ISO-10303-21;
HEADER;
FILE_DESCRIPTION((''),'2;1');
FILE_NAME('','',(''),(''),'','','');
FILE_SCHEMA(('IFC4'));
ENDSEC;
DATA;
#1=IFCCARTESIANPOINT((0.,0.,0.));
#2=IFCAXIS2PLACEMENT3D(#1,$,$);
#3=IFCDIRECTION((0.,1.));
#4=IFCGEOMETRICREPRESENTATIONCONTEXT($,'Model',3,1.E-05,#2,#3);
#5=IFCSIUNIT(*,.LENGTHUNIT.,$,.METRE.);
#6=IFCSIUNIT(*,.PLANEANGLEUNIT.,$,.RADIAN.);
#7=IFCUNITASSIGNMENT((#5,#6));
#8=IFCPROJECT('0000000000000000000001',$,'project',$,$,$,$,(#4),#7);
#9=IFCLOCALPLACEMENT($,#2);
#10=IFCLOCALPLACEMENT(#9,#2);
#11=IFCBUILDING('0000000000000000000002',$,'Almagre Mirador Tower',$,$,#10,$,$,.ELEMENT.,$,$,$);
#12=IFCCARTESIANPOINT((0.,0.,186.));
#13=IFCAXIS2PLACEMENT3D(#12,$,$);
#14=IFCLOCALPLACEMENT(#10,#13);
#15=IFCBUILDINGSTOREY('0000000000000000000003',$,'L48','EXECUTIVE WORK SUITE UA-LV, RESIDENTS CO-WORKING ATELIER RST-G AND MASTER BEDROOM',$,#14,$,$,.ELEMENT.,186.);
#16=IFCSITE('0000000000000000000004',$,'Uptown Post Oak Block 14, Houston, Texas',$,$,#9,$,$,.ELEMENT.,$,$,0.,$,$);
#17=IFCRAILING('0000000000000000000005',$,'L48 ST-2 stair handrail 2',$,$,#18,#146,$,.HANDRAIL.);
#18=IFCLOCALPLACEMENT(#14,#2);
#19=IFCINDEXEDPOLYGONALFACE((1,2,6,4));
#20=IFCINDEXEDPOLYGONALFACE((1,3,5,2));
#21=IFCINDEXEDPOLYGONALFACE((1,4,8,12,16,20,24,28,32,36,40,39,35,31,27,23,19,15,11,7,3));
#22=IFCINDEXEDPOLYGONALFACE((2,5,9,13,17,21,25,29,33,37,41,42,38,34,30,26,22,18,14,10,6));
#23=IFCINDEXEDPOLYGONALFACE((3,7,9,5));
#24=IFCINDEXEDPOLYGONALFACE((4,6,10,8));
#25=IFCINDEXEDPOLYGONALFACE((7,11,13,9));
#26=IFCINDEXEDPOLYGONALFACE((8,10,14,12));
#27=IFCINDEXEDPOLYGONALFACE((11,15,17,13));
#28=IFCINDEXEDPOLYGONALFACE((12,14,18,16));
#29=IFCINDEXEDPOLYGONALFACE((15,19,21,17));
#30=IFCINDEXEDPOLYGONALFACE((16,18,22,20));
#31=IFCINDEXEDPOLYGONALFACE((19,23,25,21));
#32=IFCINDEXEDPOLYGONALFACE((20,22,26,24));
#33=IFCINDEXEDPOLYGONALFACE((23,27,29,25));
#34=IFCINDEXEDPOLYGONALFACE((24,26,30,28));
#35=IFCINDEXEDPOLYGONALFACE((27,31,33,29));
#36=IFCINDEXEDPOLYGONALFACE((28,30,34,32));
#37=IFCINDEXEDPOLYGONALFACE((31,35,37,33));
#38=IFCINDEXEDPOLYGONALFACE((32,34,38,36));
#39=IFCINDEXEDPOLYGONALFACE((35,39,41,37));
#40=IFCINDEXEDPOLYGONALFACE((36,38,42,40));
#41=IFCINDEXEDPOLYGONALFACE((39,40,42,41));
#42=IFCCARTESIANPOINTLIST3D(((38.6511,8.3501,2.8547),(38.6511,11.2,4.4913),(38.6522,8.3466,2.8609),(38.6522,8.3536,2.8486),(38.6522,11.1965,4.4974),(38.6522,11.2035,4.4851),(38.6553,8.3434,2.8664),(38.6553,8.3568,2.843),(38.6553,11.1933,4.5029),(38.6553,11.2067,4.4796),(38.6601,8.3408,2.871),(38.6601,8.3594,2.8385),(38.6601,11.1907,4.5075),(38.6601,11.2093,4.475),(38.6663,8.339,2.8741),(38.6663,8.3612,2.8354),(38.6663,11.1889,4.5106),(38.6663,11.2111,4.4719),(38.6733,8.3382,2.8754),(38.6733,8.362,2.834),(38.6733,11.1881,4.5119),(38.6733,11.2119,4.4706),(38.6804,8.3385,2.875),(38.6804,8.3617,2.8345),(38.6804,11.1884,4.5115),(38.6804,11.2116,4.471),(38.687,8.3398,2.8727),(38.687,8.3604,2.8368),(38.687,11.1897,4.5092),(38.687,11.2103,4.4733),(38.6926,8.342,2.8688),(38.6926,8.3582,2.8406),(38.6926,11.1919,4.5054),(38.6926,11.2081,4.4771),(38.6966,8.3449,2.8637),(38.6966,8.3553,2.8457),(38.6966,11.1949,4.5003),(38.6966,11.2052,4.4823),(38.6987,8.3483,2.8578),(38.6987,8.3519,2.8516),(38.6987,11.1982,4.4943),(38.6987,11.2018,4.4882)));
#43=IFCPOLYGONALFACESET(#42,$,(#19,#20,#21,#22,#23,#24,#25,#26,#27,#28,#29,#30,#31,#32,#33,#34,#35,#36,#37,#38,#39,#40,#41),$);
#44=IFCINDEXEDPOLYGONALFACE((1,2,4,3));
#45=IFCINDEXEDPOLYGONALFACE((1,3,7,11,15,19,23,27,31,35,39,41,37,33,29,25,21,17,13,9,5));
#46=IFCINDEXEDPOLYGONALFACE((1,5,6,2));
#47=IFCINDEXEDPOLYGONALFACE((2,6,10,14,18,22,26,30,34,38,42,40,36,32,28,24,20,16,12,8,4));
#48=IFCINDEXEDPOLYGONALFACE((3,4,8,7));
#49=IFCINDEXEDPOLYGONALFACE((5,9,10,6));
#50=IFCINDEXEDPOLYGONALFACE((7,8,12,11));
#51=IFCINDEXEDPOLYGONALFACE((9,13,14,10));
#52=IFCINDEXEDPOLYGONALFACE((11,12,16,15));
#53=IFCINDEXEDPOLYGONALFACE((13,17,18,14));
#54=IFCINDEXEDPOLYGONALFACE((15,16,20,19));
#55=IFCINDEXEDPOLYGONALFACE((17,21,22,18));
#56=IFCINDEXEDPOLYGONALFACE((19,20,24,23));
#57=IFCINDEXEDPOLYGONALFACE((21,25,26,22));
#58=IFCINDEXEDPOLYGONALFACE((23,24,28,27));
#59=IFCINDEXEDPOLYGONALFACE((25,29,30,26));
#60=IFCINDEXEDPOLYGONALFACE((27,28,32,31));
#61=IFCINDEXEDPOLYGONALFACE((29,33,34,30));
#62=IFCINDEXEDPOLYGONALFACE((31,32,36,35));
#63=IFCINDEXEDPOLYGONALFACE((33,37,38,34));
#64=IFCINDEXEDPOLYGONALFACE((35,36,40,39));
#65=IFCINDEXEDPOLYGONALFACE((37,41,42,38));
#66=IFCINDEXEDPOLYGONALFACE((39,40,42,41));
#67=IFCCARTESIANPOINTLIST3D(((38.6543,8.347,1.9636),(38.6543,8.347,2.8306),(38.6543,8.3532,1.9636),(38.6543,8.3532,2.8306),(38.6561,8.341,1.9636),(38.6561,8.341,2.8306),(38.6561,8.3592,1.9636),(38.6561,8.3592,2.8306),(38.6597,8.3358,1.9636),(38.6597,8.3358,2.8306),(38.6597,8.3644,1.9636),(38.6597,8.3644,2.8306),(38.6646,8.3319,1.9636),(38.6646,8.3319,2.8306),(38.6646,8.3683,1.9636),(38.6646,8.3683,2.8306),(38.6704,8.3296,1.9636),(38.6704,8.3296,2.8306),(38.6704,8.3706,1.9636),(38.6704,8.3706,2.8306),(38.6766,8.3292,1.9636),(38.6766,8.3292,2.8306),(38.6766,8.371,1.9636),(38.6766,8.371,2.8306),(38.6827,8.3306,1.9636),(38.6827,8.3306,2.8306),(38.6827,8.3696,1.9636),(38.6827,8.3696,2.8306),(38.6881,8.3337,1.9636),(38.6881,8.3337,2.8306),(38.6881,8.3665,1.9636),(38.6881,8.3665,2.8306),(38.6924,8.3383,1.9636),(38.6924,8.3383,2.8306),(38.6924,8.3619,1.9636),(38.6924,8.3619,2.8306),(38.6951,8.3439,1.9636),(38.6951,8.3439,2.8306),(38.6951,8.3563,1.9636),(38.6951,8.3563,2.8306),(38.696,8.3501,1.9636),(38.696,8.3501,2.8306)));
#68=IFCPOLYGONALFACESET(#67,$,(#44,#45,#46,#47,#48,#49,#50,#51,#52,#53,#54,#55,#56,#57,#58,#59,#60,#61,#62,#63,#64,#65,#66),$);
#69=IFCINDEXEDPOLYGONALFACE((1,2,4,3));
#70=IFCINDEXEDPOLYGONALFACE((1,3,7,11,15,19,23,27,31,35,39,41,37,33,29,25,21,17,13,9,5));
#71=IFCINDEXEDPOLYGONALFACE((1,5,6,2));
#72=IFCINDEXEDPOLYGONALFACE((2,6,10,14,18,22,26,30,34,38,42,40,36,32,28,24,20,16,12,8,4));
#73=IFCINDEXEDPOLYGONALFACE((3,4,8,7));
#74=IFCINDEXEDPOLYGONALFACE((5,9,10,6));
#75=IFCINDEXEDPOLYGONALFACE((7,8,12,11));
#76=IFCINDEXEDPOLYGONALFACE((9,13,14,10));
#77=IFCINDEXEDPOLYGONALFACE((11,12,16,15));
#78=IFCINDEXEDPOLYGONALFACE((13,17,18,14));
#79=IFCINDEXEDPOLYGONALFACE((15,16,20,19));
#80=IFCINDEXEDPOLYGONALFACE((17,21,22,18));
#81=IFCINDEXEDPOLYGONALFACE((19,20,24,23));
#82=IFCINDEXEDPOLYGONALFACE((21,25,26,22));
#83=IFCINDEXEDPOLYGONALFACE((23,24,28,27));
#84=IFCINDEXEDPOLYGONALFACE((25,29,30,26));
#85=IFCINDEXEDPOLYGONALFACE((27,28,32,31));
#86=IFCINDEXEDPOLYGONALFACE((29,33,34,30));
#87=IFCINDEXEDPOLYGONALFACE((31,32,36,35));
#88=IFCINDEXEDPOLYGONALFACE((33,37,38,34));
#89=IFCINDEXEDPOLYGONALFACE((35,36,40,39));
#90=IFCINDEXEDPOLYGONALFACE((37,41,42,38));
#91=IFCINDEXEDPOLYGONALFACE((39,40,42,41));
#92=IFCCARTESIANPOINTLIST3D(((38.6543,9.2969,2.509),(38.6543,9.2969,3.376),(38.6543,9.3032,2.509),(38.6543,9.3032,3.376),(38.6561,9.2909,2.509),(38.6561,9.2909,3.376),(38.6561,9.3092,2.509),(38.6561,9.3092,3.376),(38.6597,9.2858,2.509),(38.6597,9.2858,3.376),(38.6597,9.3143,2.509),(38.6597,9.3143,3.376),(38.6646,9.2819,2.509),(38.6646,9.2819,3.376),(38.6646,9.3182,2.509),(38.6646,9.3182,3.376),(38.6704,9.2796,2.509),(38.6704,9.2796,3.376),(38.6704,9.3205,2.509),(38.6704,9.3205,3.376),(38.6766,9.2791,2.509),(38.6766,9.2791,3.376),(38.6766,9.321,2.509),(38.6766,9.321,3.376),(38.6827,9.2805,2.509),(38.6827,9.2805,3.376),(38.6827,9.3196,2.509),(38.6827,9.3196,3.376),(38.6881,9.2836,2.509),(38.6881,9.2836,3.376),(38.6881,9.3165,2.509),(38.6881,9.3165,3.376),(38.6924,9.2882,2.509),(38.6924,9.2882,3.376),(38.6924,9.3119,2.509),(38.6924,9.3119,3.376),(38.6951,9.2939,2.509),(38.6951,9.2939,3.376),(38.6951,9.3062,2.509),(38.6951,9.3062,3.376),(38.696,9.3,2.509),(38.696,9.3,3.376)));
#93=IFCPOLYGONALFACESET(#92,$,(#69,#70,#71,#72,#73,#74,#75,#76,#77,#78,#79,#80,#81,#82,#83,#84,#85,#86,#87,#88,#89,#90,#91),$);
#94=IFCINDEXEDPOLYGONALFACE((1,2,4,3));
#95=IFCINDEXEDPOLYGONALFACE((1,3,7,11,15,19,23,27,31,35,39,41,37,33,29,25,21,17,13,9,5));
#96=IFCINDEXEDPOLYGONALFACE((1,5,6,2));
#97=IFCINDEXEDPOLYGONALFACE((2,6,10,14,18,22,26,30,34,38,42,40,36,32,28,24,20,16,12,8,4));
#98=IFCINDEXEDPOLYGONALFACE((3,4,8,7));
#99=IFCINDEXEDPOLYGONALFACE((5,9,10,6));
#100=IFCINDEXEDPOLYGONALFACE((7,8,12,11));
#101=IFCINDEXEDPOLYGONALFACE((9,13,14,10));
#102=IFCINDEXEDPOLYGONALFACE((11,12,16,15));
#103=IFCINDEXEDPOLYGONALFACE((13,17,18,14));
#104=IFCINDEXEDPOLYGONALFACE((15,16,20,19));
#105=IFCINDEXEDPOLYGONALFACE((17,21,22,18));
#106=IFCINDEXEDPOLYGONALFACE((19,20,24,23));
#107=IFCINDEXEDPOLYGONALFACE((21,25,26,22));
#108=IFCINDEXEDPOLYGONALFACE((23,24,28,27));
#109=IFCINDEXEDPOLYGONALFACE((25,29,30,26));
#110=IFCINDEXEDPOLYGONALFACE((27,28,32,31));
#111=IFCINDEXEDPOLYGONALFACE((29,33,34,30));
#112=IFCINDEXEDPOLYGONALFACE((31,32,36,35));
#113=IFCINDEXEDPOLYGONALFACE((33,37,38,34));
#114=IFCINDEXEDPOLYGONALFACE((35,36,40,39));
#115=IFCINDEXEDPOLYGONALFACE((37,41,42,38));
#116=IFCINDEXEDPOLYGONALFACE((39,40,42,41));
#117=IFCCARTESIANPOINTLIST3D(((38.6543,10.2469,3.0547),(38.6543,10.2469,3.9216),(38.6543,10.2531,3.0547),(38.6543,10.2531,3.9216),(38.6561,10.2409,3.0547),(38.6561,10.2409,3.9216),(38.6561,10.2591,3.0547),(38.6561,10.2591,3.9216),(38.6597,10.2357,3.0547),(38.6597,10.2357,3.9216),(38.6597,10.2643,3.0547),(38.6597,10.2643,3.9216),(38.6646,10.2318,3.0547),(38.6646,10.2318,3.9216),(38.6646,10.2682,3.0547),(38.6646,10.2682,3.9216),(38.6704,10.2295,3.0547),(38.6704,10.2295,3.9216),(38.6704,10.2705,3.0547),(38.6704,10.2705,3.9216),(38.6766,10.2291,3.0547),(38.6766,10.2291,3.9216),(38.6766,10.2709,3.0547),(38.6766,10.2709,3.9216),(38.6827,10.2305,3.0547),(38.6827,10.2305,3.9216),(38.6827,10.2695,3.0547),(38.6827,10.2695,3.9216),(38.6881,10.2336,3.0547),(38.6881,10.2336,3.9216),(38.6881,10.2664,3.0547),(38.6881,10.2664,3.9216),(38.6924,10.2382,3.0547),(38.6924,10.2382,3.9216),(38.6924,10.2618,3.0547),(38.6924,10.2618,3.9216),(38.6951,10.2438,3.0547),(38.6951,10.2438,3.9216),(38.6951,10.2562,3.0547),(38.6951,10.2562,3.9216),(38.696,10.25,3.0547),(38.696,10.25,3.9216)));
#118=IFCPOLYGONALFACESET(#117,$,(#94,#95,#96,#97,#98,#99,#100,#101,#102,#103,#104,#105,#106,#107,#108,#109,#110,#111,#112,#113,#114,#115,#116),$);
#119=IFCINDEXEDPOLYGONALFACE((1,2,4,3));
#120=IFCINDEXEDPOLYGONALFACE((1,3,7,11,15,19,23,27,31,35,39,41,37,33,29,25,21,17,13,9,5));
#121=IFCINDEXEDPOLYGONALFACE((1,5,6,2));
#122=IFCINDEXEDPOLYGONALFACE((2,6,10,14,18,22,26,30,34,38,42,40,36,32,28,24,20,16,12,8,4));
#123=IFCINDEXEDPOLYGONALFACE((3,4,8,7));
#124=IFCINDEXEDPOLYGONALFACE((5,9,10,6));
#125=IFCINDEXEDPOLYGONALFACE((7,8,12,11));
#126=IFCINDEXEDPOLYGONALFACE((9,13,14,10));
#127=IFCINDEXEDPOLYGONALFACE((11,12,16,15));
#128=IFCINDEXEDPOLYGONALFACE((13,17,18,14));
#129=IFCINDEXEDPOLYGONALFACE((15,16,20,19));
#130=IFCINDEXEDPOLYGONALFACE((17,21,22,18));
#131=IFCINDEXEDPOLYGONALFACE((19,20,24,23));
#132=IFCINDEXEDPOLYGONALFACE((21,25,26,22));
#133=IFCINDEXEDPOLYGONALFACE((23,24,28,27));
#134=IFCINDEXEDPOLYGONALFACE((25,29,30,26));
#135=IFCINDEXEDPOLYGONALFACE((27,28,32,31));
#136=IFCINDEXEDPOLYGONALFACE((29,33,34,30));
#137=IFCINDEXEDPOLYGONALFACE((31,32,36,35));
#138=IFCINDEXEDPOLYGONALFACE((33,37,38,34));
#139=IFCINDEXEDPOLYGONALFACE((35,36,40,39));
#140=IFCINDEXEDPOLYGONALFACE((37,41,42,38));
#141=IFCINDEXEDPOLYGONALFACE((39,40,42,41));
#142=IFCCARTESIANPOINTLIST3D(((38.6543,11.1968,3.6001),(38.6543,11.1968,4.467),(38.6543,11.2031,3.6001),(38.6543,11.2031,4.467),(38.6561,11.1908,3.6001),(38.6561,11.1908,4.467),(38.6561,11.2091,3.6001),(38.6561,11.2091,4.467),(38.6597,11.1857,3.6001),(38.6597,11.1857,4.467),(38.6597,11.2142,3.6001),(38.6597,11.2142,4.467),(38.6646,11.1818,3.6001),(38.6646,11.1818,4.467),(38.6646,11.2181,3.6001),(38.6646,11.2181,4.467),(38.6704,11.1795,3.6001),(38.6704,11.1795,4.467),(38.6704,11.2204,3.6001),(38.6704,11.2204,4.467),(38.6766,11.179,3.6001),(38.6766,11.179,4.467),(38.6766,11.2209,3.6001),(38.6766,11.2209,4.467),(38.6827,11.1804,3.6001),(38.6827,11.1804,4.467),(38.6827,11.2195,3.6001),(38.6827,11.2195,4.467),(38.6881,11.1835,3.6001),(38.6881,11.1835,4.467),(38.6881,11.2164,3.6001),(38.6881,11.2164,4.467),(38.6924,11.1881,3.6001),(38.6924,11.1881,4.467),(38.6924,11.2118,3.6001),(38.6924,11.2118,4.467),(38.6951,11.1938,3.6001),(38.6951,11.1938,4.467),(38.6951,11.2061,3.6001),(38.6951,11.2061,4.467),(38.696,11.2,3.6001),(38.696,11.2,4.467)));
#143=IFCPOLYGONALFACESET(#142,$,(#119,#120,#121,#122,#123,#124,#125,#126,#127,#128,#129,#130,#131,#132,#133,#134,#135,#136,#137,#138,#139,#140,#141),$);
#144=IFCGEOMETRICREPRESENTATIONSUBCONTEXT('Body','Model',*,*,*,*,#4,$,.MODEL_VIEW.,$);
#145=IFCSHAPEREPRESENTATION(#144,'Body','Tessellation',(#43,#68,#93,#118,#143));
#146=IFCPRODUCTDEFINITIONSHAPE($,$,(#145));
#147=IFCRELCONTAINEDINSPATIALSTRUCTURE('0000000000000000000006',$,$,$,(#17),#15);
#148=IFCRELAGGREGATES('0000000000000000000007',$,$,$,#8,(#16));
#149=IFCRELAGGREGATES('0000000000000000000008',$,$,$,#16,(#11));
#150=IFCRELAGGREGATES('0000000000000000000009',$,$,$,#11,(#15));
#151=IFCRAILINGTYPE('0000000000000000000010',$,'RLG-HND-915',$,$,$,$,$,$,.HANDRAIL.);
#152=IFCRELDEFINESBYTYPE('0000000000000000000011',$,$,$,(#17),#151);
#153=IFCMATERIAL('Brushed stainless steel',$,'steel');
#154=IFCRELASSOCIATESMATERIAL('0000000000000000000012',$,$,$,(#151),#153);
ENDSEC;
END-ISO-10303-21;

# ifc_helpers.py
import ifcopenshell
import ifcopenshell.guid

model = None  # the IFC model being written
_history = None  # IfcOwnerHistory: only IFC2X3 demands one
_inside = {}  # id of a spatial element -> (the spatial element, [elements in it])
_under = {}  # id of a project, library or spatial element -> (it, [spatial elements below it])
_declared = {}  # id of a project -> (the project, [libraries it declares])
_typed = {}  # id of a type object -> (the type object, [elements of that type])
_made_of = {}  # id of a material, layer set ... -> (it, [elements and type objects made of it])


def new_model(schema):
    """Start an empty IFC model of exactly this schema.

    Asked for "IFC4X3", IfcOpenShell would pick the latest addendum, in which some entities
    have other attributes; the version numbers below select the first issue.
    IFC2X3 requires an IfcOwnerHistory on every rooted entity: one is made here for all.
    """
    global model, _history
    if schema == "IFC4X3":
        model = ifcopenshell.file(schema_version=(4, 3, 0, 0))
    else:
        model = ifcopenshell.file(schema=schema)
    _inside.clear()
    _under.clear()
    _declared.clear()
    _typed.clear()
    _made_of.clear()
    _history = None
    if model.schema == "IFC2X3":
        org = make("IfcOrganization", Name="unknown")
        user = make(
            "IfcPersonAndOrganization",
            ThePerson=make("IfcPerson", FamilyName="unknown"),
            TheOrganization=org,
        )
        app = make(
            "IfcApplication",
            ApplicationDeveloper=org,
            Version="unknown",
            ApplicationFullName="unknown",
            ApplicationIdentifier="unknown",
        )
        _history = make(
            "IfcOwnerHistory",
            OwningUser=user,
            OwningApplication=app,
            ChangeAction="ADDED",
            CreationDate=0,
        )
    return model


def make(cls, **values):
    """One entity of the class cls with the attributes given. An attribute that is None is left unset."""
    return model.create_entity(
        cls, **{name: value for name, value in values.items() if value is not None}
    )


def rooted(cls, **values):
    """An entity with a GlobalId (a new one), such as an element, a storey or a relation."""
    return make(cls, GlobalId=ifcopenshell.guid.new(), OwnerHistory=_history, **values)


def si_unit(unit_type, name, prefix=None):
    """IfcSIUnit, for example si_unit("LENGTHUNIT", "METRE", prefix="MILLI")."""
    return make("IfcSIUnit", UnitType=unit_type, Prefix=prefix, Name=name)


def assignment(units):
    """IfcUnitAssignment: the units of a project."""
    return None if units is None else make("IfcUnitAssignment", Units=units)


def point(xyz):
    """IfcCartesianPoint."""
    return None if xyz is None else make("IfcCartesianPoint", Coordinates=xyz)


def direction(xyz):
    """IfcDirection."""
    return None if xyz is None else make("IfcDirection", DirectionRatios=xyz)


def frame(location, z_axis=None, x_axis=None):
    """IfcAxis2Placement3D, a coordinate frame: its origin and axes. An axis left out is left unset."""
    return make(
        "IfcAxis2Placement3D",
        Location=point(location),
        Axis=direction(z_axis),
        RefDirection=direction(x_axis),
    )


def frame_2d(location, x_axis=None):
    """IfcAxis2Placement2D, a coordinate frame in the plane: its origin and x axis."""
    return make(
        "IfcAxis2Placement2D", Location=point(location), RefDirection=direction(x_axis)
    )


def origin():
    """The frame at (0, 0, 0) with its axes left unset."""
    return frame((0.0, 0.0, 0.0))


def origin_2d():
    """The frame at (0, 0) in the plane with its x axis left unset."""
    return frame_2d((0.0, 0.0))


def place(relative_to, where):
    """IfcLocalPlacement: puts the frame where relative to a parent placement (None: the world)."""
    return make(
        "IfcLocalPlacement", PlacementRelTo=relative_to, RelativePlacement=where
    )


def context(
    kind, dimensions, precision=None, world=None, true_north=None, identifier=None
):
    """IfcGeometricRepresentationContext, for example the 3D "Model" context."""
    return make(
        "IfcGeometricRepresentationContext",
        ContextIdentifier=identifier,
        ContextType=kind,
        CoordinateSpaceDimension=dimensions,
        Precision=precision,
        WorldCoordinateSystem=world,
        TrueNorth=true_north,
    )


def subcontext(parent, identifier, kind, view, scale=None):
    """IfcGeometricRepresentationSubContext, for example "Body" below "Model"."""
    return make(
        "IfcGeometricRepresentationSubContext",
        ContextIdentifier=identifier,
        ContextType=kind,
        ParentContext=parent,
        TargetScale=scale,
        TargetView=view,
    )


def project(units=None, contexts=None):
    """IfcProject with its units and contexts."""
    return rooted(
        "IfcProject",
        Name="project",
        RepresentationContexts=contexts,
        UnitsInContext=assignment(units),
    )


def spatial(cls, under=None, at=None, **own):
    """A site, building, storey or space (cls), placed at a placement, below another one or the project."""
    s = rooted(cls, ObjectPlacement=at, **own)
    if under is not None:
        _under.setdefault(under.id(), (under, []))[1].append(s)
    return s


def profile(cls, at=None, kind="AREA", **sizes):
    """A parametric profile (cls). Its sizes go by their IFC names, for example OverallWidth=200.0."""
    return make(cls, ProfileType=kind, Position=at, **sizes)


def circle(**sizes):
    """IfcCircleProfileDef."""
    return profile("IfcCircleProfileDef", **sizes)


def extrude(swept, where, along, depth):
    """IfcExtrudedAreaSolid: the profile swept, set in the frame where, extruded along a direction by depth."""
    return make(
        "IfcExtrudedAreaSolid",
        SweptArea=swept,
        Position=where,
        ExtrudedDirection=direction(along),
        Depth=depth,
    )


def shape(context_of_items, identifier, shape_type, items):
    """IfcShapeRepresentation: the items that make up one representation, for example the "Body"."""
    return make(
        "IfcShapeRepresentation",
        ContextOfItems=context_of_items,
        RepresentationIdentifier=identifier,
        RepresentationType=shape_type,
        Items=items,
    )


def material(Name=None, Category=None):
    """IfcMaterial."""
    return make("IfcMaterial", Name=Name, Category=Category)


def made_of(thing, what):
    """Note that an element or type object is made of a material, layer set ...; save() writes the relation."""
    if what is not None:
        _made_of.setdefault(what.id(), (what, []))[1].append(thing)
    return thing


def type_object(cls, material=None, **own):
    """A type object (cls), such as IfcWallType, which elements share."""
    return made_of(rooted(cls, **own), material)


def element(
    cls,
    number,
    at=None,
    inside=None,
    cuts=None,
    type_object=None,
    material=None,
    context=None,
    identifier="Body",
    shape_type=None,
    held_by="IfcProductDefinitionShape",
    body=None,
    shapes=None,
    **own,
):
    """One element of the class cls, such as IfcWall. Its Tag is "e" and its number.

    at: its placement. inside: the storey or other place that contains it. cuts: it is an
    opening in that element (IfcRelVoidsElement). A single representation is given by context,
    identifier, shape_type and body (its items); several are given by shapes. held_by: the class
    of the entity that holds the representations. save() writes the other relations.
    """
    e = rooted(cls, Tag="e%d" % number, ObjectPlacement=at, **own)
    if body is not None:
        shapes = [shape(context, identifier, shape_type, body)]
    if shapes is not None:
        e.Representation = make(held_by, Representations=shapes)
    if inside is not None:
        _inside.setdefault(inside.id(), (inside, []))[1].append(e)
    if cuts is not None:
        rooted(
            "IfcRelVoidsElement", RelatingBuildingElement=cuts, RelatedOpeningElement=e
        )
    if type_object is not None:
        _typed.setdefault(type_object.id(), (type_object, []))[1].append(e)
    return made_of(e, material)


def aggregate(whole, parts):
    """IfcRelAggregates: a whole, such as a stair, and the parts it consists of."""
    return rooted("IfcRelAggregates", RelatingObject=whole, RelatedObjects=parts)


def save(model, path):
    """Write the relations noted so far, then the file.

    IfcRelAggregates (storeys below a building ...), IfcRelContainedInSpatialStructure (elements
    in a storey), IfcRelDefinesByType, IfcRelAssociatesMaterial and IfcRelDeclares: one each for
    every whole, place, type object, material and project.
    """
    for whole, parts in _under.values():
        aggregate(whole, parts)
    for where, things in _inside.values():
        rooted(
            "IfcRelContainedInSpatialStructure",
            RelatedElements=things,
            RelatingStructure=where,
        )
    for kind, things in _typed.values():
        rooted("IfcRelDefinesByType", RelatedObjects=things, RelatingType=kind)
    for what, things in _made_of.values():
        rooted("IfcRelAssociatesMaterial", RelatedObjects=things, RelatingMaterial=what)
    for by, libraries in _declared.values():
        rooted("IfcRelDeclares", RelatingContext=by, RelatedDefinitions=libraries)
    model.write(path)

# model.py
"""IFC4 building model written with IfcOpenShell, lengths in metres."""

from ifc_helpers import new_model, si_unit, direction, frame, origin, origin_2d, place, context, subcontext, project, spatial, circle, extrude, material, type_object, element, save


model = new_model("IFC4")

# Units and contexts
model_context = context("Model", 3, precision=1e-05, world=origin(), true_north=direction((0.0, 1.0)))
body_context = subcontext(model_context, "Body", "Model", "MODEL_VIEW")
ifc_project = project(units=[si_unit("LENGTHUNIT", "METRE"), si_unit("PLANEANGLEUNIT", "RADIAN")], contexts=[model_context])

# Site, building, storey
site_placement = place(None, origin())
site = spatial("IfcSite", under=ifc_project, at=site_placement, Name="Uptown Post Oak Block 14, Houston, Texas", CompositionType="ELEMENT", RefElevation=0.0)
building_placement = place(site_placement, origin())
building = spatial("IfcBuilding", under=site, at=building_placement, Name="Almagre Mirador Tower", CompositionType="ELEMENT")
storey_placement = place(building_placement, frame((0.0, 0.0, 186.0)))
storey = spatial("IfcBuildingStorey", under=building, at=storey_placement, Name="L48", Description="EXECUTIVE WORK SUITE UA-LV, RESIDENTS CO-WORKING ATELIER RST-G AND MASTER BEDROOM", CompositionType="ELEMENT", Elevation=186.0)

# Railing
ifc_material_1 = material(Name="Brushed stainless steel", Category="steel")
railing_type_1 = type_object("IfcRailingType", Name="RLG-HND-915", PredefinedType="HANDRAIL", material=ifc_material_1)
railing_1_placement = place(storey_placement, frame((38.675, 8.3501, 1.9636)))
element("IfcRailing", 1, at=railing_1_placement, inside=storey, type_object=railing_type_1, Name="L48 ST-2 stair handrail 2", PredefinedType="HANDRAIL", context=body_context, shape_type="SweptSolid", body=[
    extrude(circle(Radius=0.0239, at=origin_2d()), frame((0.0, 0.0, 0.8911), z_axis=(0.0, 0.867194, 0.49797), x_axis=(-1.0, 0.0, 0.0)), (0.0, 0.0, 1.0), 3.2864),
    extrude(circle(Radius=0.021, at=origin_2d()), origin(), (0.0, 0.0, 1.0), 0.8669),
    extrude(circle(Radius=0.021, at=origin_2d()), frame((0.0, 0.95, 0.5454)), (0.0, 0.0, 1.0), 0.8669),
    extrude(circle(Radius=0.021, at=origin_2d()), frame((0.0, 1.8999, 1.0911)), (0.0, 0.0, 1.0), 0.8669),
    extrude(circle(Radius=0.021, at=origin_2d()), frame((0.0, 2.8499, 1.6365)), (0.0, 0.0, 1.0), 0.8669),
])

save(model, "model.ifc")
